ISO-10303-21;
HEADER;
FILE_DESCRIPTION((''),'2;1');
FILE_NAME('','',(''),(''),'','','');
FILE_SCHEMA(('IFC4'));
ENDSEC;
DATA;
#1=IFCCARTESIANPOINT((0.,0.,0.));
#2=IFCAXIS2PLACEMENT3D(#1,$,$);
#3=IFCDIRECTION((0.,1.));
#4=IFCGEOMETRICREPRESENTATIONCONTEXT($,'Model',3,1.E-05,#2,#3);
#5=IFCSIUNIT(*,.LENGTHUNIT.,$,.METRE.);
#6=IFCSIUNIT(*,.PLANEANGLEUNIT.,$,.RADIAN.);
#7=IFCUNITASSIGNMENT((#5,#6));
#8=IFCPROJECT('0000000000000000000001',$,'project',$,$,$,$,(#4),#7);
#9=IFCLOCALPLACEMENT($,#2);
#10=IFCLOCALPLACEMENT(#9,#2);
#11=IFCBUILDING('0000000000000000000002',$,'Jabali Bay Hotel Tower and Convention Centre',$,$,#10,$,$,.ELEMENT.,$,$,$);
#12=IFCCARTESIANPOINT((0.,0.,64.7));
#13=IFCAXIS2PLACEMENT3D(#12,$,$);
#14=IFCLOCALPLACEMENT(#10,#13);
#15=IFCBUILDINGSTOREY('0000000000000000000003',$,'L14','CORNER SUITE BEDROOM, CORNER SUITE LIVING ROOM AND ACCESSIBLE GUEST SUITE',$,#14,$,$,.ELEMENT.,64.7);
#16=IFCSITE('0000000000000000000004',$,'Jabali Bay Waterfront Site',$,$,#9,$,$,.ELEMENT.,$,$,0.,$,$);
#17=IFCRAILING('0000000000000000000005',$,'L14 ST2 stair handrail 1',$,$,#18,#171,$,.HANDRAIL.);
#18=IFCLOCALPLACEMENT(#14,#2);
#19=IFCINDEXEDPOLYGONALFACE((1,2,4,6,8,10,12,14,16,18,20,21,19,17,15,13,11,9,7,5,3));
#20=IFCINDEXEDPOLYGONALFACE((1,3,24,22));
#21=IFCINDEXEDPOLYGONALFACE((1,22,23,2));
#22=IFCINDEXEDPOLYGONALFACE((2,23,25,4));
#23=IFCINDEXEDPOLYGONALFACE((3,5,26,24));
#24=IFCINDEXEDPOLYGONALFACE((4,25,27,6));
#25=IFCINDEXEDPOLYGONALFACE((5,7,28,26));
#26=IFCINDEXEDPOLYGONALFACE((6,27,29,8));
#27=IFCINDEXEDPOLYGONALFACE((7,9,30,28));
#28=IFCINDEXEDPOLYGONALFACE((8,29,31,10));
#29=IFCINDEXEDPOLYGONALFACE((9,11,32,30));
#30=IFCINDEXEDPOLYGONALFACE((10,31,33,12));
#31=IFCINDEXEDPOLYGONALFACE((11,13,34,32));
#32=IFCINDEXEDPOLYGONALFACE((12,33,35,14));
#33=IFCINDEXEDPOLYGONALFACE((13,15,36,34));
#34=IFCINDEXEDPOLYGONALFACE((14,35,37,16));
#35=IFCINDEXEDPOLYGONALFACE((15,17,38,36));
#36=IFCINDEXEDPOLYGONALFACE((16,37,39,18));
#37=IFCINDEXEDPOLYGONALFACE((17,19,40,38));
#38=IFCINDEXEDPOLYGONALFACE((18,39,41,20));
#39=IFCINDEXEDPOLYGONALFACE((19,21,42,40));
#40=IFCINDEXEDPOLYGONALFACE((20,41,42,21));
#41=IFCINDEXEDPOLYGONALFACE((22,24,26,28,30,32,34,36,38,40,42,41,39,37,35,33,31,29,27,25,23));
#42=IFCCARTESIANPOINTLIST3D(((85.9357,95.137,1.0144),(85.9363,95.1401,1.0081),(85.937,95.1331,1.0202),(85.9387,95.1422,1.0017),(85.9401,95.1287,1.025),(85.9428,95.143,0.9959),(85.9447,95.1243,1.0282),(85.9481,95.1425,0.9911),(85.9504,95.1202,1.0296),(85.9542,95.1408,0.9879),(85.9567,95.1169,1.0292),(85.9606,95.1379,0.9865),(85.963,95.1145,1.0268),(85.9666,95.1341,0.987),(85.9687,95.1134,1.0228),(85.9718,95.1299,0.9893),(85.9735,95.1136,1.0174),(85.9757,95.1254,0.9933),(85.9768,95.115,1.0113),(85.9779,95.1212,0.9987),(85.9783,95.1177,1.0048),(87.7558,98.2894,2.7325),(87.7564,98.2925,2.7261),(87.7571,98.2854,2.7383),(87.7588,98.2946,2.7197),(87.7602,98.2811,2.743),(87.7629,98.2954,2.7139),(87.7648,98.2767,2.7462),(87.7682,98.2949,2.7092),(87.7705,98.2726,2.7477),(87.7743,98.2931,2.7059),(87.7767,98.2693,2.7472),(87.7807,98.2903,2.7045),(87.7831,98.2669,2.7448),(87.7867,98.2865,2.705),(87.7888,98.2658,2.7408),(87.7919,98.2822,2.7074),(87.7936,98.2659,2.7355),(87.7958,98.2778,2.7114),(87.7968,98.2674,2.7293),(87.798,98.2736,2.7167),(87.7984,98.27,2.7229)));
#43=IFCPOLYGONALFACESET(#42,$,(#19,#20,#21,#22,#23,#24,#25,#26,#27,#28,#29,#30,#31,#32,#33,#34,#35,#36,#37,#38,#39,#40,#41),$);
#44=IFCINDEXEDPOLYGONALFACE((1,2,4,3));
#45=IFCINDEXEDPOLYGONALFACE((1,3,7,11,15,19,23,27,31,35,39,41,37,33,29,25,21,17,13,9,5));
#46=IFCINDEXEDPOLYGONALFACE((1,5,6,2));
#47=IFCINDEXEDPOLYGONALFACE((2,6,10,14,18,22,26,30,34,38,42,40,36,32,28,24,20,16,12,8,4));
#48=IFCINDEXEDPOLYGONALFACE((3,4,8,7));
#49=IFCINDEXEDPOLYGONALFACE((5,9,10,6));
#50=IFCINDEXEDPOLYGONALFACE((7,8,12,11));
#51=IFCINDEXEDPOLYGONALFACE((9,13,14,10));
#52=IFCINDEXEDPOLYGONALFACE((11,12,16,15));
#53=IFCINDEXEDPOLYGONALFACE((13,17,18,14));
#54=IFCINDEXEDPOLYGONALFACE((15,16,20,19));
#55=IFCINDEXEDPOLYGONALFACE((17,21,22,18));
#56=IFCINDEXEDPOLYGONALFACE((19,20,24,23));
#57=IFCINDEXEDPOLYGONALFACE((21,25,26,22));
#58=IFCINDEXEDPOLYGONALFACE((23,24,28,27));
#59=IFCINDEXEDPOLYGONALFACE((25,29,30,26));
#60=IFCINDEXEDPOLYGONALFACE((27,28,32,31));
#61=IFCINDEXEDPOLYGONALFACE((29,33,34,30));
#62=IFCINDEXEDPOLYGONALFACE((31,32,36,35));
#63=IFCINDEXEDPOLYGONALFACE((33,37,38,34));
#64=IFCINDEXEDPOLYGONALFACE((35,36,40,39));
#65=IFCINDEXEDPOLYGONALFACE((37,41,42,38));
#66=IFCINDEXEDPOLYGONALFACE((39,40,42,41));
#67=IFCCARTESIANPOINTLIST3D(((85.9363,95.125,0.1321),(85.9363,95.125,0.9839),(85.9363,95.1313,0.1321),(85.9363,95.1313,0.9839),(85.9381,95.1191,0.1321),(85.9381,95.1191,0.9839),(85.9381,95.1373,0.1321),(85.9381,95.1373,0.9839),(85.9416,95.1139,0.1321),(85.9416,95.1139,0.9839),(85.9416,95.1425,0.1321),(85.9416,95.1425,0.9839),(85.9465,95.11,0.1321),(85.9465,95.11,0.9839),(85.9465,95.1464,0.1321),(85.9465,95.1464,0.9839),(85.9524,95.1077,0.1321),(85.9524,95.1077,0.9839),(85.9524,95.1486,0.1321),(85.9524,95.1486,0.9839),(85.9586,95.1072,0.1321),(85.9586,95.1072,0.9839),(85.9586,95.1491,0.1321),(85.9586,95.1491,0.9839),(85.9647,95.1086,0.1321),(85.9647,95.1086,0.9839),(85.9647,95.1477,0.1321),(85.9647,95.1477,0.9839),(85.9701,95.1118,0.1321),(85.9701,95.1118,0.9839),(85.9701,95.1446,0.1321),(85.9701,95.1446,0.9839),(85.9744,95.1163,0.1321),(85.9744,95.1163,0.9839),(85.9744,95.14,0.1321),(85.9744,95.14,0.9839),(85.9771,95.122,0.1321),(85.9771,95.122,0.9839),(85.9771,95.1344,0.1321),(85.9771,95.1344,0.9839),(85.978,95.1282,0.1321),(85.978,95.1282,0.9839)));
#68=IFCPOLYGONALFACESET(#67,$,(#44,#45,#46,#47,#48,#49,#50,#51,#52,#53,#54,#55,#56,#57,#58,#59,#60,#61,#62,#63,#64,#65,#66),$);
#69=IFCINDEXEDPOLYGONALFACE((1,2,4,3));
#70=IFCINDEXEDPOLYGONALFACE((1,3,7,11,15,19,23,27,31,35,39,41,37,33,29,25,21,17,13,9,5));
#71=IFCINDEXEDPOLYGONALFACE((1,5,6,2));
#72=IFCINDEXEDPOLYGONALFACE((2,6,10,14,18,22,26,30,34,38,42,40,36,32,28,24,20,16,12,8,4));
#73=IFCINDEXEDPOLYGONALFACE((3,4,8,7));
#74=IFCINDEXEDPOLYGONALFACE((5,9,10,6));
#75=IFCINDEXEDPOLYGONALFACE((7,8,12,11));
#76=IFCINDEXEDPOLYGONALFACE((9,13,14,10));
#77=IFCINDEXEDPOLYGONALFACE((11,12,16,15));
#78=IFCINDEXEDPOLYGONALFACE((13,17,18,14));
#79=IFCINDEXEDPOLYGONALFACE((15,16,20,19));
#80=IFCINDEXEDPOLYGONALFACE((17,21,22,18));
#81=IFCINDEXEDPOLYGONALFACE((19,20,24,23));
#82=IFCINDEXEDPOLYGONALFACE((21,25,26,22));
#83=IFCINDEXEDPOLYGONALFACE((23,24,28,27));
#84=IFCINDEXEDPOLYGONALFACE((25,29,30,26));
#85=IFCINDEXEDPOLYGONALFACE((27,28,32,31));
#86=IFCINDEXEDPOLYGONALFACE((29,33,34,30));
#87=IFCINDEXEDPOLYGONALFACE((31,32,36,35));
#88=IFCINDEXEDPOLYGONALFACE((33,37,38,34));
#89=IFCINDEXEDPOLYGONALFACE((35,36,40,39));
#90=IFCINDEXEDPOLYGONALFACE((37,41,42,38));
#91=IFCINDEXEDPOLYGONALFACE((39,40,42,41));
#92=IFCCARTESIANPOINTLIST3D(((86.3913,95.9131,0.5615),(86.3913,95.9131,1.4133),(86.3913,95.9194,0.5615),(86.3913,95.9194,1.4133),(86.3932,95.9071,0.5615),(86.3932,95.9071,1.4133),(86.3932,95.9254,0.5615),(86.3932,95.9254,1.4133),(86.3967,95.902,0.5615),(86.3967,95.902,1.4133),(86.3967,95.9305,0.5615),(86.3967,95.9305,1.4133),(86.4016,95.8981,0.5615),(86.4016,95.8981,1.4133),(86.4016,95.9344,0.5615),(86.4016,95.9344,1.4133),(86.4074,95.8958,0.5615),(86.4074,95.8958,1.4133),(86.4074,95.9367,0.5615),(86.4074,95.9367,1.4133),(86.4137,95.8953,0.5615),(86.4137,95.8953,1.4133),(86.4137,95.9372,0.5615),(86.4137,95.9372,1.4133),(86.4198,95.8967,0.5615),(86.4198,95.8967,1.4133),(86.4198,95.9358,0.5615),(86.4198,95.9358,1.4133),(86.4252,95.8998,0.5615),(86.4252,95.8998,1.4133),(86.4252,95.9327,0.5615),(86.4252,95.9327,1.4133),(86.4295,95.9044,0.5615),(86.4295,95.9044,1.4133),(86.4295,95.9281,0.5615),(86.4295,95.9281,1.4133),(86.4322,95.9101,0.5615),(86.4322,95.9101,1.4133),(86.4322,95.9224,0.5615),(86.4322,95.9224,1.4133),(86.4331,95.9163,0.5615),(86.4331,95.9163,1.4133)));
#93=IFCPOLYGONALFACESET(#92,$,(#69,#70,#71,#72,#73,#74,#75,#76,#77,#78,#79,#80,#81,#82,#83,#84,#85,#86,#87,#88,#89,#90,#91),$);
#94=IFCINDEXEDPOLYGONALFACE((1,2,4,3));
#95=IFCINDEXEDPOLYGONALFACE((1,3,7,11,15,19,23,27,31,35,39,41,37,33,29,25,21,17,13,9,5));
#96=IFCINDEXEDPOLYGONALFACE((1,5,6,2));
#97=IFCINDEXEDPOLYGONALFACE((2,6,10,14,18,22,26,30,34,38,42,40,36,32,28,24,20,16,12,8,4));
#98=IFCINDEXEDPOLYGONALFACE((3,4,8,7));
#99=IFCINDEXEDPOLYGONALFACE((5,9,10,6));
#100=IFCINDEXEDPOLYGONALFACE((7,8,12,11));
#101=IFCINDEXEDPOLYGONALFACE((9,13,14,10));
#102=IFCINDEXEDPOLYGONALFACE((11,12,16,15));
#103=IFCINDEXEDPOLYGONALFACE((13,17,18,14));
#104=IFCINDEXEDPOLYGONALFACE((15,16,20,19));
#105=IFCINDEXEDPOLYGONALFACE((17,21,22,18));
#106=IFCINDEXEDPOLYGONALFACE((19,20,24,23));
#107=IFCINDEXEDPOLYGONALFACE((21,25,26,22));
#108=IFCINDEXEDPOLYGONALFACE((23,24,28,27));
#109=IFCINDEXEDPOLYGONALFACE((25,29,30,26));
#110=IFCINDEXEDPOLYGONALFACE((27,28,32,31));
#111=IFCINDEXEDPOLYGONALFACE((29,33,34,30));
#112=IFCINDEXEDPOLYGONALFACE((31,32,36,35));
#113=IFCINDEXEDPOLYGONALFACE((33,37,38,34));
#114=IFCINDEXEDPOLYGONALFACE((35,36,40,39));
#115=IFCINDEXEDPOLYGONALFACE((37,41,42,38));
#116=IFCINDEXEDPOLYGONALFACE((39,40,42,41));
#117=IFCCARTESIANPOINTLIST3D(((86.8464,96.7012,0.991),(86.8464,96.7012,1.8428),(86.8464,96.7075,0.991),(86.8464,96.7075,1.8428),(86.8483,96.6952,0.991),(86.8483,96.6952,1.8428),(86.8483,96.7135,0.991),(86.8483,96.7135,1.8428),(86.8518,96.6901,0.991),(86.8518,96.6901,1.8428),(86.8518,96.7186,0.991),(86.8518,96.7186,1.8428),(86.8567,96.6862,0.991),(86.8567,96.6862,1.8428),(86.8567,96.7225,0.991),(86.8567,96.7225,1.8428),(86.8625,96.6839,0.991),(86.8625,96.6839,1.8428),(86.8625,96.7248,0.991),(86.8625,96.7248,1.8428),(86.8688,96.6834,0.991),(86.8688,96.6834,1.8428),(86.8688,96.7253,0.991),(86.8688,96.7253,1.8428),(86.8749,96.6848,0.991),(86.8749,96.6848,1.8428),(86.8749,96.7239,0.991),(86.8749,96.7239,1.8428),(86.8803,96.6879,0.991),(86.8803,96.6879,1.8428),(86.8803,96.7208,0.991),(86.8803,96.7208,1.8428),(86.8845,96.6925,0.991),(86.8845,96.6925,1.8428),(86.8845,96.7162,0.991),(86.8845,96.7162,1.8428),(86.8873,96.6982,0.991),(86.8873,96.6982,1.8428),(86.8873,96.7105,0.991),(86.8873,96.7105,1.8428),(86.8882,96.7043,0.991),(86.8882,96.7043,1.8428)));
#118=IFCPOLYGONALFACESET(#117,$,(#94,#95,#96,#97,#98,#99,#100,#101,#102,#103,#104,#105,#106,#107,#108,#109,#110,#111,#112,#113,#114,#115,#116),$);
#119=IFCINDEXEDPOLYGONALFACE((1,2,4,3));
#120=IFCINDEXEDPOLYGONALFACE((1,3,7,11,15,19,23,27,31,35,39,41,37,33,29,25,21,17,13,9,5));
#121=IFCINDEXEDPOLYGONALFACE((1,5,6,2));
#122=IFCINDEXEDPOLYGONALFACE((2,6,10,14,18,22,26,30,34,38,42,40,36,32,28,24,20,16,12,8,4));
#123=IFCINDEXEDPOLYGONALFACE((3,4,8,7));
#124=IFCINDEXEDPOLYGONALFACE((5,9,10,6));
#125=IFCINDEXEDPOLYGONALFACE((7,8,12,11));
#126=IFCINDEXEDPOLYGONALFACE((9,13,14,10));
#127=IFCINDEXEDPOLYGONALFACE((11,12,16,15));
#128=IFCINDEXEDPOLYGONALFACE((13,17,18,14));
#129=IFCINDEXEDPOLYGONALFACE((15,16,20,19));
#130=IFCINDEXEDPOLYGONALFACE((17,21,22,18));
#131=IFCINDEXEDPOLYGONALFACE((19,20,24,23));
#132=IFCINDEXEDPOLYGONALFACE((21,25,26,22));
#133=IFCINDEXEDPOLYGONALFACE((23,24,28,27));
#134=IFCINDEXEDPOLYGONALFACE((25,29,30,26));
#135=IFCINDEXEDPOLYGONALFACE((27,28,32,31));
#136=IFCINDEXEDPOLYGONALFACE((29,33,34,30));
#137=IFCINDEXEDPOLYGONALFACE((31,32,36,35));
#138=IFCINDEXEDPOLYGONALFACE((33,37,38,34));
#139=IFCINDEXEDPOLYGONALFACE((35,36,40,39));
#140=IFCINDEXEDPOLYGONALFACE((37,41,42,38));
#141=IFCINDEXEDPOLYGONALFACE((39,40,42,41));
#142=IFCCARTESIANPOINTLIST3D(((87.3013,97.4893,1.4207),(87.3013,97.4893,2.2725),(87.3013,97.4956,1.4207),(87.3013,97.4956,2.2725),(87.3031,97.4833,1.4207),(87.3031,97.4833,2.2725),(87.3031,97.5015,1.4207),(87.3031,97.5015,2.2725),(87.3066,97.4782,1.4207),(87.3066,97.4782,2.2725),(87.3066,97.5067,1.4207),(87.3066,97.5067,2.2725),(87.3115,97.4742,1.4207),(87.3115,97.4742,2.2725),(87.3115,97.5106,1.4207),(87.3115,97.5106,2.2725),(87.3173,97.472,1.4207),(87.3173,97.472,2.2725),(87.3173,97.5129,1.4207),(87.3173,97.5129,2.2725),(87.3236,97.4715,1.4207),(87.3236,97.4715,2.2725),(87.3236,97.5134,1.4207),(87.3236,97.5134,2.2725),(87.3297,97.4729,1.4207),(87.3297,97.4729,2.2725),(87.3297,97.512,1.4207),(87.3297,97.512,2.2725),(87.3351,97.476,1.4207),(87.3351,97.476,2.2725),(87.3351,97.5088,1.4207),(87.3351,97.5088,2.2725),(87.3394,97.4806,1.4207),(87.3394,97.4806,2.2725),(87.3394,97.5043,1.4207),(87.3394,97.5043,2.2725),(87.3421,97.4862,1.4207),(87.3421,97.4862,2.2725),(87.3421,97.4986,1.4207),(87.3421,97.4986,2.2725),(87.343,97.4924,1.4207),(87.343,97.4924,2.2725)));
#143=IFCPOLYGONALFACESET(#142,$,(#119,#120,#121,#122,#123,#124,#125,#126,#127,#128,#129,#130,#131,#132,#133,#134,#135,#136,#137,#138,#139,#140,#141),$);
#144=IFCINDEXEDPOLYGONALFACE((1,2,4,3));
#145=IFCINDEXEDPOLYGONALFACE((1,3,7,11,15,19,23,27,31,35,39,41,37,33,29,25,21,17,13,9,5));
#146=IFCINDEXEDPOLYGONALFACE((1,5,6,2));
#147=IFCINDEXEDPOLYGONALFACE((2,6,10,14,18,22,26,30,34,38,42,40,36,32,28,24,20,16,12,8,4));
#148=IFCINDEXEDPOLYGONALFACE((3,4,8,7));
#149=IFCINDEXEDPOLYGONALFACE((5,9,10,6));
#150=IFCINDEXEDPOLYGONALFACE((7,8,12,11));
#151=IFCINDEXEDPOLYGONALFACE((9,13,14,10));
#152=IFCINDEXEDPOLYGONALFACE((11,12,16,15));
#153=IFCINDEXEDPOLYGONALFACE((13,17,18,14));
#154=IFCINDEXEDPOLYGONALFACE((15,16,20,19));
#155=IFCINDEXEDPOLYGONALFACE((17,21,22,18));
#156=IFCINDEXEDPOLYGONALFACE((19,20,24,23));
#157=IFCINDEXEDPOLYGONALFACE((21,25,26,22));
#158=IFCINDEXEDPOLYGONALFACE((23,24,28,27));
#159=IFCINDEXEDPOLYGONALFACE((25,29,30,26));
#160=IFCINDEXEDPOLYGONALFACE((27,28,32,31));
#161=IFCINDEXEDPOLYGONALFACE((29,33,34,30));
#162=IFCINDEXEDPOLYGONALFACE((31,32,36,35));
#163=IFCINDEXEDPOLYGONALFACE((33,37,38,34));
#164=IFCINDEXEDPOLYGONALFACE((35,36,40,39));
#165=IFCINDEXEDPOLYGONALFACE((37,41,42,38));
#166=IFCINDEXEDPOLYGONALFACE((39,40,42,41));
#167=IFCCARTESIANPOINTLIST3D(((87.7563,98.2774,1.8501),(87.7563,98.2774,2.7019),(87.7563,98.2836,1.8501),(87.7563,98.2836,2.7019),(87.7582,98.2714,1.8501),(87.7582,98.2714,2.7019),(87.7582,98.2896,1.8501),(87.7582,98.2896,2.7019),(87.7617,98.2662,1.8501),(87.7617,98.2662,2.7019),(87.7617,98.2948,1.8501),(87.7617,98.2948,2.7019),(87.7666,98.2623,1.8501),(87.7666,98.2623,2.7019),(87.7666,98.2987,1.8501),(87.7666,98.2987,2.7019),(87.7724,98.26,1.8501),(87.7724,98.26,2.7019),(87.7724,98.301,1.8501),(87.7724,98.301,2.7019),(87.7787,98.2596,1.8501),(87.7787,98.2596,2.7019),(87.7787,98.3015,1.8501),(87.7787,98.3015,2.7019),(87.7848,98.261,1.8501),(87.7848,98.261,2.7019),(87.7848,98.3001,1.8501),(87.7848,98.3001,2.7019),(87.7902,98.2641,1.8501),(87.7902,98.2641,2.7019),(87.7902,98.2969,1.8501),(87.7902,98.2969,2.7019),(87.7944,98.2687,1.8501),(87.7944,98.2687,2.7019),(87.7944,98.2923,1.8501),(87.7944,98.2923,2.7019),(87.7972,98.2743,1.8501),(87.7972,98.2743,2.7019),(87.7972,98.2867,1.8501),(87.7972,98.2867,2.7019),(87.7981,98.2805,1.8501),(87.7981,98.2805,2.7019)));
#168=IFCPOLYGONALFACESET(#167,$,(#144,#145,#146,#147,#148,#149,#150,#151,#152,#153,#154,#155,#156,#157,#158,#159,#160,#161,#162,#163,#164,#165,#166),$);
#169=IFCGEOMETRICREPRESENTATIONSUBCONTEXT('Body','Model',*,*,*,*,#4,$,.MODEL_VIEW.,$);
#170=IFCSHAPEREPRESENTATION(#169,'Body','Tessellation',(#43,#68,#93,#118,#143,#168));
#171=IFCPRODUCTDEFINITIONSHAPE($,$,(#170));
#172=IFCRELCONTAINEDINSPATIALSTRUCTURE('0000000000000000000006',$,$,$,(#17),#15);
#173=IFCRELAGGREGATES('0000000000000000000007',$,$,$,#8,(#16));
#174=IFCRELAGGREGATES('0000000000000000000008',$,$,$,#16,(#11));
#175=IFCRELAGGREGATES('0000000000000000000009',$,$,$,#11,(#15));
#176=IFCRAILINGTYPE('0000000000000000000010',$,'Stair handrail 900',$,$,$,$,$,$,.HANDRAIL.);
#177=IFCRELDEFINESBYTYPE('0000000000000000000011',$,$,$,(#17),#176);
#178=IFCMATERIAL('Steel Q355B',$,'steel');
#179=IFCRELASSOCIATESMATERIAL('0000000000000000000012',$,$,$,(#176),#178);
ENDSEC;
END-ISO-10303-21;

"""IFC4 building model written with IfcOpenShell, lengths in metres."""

from ifc_helpers import new_model, si_unit, direction, frame, origin, origin_2d, place, context, subcontext, project, spatial, circle, extrude, material, type_object, element, save


model = new_model("IFC4")

# Units and contexts
model_context = context("Model", 3, precision=1e-05, world=origin(), true_north=direction((0.0, 1.0)))
body_context = subcontext(model_context, "Body", "Model", "MODEL_VIEW")
ifc_project = project(units=[si_unit("LENGTHUNIT", "METRE"), si_unit("PLANEANGLEUNIT", "RADIAN")], contexts=[model_context])

# Site, building, storey
site_placement = place(None, origin())
site = spatial("IfcSite", under=ifc_project, at=site_placement, Name="Jabali Bay Waterfront Site", CompositionType="ELEMENT", RefElevation=0.0)
building_placement = place(site_placement, origin())
building = spatial("IfcBuilding", under=site, at=building_placement, Name="Jabali Bay Hotel Tower and Convention Centre", CompositionType="ELEMENT")
storey_placement = place(building_placement, frame((0.0, 0.0, 64.7)))
storey = spatial("IfcBuildingStorey", under=building, at=storey_placement, Name="L14", Description="CORNER SUITE BEDROOM, CORNER SUITE LIVING ROOM AND ACCESSIBLE GUEST SUITE", CompositionType="ELEMENT", Elevation=64.7)

# Railing
ifc_material_1 = material(Name="Steel Q355B", Category="steel")
railing_type_1 = type_object("IfcRailingType", Name="Stair handrail 900", PredefinedType="HANDRAIL", material=ifc_material_1)
railing_1_placement = place(storey_placement, frame((85.957, 95.1282, 0.1321)))
element("IfcRailing", 1, at=railing_1_placement, inside=storey, type_object=railing_type_1, Name="L14 ST2 stair handrail 1", PredefinedType="HANDRAIL", context=body_context, shape_type="SweptSolid", body=[
    extrude(circle(Radius=0.0239, at=origin_2d()), frame((0.0, 0.0, 0.876), z_axis=(0.452179, 0.78317, 0.426825), x_axis=(-0.866018, 0.500013, 0.0)), (0.0, 0.0, 1.0), 4.0251),
    extrude(circle(Radius=0.021, at=origin_2d()), origin(), (0.0, 0.0, 1.0), 0.8518),
    extrude(circle(Radius=0.021, at=origin_2d()), frame((0.4551, 0.7881, 0.4294)), (0.0, 0.0, 1.0), 0.8518),
    extrude(circle(Radius=0.021, at=origin_2d()), frame((0.9102, 1.5762, 0.8589)), (0.0, 0.0, 1.0), 0.8518),
    extrude(circle(Radius=0.021, at=origin_2d()), frame((1.365, 2.3643, 1.2886)), (0.0, 0.0, 1.0), 0.8518),
    extrude(circle(Radius=0.021, at=origin_2d()), frame((1.8201, 3.1523, 1.718)), (0.0, 0.0, 1.0), 0.8518),
])

save(model, "model.ifc")
